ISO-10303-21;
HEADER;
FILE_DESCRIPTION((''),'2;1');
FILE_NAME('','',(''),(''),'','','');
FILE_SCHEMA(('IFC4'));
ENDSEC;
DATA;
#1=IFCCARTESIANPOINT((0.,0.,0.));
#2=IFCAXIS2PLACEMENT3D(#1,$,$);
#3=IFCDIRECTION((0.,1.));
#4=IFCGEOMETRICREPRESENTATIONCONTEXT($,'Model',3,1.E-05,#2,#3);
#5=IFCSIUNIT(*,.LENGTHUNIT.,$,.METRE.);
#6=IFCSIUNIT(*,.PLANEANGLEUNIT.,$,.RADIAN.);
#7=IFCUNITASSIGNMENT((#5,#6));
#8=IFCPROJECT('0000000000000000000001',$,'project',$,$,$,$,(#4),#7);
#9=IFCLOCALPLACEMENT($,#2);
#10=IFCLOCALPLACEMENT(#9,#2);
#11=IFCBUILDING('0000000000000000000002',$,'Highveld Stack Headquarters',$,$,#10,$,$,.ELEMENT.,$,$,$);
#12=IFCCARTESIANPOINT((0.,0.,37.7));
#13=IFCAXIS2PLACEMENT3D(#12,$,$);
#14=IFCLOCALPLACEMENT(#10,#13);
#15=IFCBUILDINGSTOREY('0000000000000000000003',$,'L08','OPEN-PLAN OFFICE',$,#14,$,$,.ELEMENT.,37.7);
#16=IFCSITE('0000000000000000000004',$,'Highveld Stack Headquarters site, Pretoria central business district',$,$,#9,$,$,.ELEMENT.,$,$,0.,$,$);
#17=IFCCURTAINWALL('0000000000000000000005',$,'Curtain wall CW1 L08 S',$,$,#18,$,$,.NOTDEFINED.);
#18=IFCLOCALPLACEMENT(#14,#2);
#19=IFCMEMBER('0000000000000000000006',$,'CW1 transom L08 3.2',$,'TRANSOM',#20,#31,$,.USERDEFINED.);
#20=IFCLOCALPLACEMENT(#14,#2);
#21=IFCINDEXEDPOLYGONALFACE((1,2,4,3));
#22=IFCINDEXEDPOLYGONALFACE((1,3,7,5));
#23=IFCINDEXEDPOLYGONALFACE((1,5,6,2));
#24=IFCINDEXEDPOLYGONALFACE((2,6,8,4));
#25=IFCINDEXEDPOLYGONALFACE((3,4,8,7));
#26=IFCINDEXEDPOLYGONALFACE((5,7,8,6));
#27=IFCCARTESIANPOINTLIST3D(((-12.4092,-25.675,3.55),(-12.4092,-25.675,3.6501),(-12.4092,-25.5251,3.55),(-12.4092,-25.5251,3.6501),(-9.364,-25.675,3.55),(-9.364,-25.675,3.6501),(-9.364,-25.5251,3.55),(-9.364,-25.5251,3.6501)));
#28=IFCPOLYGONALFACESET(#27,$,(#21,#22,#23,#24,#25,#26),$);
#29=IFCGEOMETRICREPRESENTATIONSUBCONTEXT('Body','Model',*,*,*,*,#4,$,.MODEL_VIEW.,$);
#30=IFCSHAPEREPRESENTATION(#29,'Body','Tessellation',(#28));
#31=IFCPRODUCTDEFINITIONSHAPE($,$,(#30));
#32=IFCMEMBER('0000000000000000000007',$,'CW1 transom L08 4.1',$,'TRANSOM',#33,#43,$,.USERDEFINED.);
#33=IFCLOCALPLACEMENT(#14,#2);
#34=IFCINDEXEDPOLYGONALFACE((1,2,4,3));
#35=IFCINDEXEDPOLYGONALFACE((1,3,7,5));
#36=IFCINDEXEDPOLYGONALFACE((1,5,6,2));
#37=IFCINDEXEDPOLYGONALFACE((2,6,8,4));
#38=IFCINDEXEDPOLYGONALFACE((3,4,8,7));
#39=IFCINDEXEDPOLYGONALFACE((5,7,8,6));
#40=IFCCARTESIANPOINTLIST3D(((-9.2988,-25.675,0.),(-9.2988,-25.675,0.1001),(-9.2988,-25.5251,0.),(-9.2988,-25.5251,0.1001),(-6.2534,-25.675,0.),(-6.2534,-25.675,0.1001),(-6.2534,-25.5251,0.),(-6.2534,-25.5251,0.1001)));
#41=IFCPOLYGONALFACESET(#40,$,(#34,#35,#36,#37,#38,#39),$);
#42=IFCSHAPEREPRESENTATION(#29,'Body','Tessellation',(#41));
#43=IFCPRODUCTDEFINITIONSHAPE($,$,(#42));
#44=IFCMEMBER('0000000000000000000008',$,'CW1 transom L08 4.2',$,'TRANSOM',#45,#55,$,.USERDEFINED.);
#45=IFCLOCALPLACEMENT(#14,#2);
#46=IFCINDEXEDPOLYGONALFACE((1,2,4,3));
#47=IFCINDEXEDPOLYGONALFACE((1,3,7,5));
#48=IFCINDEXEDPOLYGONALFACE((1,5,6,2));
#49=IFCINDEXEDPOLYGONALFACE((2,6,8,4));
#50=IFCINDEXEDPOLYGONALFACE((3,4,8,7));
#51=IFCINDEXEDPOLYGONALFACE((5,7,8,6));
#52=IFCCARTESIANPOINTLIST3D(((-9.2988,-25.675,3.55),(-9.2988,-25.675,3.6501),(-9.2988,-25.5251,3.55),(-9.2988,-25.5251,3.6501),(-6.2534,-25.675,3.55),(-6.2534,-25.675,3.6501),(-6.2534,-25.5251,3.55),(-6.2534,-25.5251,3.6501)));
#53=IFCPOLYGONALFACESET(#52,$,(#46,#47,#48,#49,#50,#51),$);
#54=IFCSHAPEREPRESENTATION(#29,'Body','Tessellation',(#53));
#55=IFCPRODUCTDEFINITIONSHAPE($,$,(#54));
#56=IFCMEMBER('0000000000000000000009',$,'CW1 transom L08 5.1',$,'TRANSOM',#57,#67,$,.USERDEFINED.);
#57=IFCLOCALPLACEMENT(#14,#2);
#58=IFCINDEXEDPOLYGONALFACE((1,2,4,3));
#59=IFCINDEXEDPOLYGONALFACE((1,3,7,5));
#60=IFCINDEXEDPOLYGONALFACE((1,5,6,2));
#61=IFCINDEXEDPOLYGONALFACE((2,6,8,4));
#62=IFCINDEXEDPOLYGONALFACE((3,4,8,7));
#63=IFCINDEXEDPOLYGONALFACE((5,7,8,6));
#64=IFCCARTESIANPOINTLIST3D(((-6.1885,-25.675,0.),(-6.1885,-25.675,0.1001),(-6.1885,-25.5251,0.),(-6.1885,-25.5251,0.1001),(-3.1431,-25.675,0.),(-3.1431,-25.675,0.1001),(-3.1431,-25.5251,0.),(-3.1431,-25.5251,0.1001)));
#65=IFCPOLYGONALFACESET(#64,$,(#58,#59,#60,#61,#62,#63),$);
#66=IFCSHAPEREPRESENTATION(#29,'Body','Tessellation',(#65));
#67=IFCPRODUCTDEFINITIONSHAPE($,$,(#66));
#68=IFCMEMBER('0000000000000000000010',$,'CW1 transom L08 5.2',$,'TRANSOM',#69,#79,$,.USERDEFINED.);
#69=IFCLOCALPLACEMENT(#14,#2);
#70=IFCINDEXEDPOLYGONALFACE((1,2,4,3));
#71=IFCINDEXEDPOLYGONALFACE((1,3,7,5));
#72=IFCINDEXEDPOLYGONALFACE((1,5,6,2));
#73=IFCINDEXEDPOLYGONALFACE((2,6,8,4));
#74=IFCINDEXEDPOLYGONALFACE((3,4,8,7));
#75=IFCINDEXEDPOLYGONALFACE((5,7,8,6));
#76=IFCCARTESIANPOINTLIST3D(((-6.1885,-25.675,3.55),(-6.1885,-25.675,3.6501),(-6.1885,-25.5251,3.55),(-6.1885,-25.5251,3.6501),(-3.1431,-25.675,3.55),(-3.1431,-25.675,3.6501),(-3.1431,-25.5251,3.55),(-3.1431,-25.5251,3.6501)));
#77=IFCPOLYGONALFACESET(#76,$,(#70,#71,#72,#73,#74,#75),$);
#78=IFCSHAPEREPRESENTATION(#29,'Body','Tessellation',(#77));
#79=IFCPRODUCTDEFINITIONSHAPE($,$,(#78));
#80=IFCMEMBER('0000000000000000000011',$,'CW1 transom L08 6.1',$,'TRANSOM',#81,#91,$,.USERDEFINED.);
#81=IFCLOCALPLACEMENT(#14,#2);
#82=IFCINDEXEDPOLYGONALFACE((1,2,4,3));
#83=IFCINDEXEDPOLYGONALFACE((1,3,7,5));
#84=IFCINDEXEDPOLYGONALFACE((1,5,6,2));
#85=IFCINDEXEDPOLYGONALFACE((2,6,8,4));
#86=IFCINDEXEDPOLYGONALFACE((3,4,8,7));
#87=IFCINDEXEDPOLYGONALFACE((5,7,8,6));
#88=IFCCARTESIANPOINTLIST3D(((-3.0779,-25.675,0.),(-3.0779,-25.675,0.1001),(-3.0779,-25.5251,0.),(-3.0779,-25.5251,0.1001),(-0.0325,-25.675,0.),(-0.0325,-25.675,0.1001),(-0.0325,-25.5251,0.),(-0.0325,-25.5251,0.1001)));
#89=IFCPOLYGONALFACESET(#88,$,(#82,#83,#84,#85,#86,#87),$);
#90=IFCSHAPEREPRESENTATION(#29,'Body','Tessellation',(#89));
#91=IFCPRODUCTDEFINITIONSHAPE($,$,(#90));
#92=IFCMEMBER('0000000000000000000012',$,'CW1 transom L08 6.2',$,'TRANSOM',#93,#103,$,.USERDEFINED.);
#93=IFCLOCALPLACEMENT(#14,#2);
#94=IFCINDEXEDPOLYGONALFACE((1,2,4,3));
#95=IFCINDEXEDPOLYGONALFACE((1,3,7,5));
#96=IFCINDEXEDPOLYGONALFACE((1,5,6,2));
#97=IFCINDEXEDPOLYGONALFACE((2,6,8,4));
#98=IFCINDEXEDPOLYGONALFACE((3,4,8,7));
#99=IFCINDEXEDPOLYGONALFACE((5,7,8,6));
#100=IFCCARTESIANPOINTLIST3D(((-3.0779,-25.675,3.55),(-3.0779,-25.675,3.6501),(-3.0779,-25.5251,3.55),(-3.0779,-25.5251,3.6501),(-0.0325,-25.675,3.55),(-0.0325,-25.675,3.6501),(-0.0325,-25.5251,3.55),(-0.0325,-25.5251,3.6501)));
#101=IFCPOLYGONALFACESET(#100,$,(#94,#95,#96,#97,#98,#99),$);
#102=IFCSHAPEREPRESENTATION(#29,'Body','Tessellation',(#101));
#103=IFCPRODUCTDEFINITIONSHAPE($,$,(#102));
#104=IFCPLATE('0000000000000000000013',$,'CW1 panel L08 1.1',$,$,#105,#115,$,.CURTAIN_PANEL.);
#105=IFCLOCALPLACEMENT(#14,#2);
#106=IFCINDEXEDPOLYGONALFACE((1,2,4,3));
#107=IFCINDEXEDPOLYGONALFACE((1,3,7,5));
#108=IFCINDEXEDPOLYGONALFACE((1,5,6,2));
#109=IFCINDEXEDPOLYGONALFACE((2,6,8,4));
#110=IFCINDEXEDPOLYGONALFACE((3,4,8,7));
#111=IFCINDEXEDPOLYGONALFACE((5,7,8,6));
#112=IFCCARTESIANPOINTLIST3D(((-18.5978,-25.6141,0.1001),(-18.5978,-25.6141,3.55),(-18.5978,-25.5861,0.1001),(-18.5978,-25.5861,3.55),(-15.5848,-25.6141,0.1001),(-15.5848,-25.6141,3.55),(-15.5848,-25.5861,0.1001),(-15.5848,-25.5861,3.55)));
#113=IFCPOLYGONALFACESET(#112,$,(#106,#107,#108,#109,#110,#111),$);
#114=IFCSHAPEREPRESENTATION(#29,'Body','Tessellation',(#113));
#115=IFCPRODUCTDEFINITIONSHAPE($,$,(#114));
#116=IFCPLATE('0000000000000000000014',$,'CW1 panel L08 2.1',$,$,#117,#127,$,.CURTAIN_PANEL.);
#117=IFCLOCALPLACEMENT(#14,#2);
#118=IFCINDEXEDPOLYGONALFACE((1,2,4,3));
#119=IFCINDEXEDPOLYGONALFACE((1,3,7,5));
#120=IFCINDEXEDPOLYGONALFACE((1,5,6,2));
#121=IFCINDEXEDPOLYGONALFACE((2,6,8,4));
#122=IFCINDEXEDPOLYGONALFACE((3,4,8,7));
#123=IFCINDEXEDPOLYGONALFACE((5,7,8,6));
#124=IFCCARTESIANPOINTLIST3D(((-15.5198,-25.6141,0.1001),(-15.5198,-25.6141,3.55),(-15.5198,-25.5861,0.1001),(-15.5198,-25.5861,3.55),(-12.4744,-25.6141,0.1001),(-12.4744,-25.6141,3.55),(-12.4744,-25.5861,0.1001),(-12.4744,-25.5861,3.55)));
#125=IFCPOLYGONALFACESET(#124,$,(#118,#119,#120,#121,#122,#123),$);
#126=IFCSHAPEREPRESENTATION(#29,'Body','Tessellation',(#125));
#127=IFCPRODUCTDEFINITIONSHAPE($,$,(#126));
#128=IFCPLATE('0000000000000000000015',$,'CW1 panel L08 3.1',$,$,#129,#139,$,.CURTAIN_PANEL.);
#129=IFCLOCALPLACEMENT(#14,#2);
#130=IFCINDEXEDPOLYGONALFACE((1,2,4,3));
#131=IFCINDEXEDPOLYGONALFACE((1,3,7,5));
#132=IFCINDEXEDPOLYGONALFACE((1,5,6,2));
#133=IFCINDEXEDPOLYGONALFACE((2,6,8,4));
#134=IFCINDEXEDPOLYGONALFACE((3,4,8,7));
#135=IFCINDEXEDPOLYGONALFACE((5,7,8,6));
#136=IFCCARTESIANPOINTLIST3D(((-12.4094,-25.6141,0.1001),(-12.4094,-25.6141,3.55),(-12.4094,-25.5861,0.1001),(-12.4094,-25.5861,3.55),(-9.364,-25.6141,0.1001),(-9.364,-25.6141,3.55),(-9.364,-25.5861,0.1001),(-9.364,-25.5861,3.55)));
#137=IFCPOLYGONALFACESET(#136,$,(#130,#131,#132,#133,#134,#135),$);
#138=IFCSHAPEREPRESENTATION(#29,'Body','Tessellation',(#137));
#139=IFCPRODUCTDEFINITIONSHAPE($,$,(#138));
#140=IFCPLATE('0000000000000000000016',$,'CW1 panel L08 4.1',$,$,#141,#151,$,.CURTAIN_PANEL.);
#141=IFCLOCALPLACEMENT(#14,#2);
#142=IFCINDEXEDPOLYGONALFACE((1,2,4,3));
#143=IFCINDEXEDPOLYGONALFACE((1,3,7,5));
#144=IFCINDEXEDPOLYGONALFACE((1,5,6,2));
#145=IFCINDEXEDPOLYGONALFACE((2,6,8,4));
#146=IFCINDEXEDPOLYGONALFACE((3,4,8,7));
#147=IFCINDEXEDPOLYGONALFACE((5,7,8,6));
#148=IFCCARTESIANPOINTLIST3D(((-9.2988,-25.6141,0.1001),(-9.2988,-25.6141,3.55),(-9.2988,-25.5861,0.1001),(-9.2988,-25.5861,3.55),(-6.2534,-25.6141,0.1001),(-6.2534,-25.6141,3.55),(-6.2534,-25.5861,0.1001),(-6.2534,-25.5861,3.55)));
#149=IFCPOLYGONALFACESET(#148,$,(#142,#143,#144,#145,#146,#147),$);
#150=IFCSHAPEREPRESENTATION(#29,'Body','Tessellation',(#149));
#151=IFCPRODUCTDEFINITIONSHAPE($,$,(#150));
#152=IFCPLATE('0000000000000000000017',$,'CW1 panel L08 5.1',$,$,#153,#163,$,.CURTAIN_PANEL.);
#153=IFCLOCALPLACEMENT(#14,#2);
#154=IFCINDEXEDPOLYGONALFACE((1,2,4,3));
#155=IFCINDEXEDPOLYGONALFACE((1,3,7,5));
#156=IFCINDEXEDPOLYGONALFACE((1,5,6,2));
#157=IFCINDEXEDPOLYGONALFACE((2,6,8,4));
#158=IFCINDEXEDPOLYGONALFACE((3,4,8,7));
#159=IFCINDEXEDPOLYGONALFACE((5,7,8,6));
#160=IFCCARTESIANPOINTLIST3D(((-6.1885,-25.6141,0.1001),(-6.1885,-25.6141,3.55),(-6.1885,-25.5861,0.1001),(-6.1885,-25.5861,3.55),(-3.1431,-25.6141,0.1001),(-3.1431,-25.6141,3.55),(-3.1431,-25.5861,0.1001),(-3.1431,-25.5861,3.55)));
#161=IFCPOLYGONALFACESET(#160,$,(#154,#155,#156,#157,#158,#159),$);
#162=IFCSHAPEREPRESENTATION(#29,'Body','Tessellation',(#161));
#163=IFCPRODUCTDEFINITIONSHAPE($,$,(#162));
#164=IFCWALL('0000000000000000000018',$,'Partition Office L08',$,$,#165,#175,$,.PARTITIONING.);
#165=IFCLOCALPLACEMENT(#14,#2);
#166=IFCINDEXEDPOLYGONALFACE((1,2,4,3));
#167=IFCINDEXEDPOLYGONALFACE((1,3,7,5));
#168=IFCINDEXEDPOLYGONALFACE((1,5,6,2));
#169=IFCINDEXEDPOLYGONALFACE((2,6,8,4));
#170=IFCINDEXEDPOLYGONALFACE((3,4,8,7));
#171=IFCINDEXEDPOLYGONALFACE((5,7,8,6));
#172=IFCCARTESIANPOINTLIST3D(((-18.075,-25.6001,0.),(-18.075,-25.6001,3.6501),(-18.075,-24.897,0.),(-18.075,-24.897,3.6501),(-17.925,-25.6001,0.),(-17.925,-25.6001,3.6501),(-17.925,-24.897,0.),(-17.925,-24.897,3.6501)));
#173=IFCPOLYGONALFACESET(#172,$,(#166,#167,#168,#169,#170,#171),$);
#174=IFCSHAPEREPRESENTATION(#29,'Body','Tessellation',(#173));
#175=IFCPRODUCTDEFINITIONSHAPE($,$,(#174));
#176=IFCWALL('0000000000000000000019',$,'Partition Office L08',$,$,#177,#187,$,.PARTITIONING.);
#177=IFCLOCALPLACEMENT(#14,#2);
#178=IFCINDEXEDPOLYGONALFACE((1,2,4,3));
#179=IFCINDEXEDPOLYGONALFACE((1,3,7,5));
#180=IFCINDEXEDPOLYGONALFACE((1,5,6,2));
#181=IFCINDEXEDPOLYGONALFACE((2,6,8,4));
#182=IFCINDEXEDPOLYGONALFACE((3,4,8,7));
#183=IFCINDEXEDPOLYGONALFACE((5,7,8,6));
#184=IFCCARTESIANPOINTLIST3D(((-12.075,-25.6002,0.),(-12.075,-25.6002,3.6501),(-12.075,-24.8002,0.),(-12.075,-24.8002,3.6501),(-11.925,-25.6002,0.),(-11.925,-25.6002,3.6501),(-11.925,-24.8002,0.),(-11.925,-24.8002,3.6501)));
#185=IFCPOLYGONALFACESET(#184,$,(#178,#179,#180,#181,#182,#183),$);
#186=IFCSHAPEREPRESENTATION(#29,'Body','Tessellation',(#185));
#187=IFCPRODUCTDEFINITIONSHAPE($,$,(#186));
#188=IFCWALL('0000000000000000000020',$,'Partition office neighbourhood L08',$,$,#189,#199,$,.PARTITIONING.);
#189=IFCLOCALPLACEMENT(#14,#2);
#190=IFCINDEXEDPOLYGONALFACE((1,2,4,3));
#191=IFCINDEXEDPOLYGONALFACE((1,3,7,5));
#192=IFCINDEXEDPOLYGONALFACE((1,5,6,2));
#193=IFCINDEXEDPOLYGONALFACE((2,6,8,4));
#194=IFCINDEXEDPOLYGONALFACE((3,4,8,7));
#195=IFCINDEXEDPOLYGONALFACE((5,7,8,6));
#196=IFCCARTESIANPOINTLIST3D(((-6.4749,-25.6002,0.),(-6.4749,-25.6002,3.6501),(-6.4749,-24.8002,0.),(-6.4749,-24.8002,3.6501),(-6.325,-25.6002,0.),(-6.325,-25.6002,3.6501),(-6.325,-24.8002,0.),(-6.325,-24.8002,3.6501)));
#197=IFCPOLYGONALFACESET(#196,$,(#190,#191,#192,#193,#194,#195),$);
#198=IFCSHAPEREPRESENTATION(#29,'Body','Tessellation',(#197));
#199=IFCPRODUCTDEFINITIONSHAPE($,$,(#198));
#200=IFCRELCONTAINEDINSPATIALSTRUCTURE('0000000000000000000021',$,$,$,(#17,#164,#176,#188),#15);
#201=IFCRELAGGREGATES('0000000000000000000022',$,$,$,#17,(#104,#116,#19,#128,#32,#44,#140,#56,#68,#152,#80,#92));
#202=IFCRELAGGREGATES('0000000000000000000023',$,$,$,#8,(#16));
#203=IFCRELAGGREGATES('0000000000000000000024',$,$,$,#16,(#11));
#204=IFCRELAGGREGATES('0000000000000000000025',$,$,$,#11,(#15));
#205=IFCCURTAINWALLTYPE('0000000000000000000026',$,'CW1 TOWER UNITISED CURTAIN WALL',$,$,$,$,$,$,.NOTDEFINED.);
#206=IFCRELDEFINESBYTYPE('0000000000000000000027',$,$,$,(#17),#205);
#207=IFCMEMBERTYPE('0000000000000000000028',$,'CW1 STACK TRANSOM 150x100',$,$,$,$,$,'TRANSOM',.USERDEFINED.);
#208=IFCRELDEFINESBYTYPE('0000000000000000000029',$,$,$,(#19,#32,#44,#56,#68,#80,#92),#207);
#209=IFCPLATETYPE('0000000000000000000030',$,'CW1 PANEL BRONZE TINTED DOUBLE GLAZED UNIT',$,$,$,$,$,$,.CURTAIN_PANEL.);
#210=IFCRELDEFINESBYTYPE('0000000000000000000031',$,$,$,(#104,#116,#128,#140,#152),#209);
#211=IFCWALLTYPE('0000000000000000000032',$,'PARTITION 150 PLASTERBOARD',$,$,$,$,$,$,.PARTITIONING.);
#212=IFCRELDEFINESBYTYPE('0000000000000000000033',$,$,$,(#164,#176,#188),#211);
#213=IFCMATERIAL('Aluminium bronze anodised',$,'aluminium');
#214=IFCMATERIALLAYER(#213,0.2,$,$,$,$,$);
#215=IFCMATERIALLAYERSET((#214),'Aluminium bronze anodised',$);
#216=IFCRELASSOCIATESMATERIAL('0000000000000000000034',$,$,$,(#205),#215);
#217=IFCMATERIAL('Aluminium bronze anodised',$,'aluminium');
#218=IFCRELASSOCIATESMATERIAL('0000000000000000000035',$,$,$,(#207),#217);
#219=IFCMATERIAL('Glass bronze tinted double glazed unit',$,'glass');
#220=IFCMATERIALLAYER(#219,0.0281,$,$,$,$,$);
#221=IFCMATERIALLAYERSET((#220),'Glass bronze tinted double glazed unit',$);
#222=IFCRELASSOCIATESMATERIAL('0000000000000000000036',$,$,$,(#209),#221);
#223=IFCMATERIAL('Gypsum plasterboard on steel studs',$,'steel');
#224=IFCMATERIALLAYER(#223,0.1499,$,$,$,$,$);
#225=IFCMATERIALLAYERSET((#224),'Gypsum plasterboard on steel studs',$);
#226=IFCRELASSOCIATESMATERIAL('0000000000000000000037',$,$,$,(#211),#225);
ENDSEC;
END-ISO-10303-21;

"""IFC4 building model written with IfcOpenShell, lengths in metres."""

from ifc_helpers import new_model, si_unit, direction, frame, frame_2d, origin, origin_2d, place, context, subcontext, project, spatial, rectangle, extrude, material, layer, layer_set, material_profile, profile_set, type_object, element, aggregate, save


model = new_model("IFC4")

# Units and contexts
model_context = context("Model", 3, precision=1e-05, world=origin(), true_north=direction((0.0, 1.0)))
body_context = subcontext(model_context, "Body", "Model", "MODEL_VIEW")
ifc_project = project(units=[si_unit("LENGTHUNIT", "METRE"), si_unit("PLANEANGLEUNIT", "RADIAN")], contexts=[model_context])

# Site, building, storey
site_placement = place(None, origin())
site = spatial("IfcSite", under=ifc_project, at=site_placement, Name="Highveld Stack Headquarters site, Pretoria central business district", CompositionType="ELEMENT", RefElevation=0.0)
building_placement = place(site_placement, origin())
building = spatial("IfcBuilding", under=site, at=building_placement, Name="Highveld Stack Headquarters", CompositionType="ELEMENT")
storey_placement = place(building_placement, frame((0.0, 0.0, 37.7)))
storey = spatial("IfcBuildingStorey", under=building, at=storey_placement, Name="L08", Description="OPEN-PLAN OFFICE", CompositionType="ELEMENT", Elevation=37.7)

# Curtain wall, members, plates
ifc_material_1 = material(Name="Aluminium bronze anodised", Category="aluminium")
ifc_layer_1 = layer(ifc_material_1, 0.2)
ifc_layer_set_1 = layer_set([ifc_layer_1], Name="Aluminium bronze anodised")
curtain_wall_type = type_object("IfcCurtainWallType", Name="CW1 TOWER UNITISED CURTAIN WALL", PredefinedType="NOTDEFINED", material=ifc_layer_set_1)
curtain_wall_placement = place(storey_placement, origin())
curtain_wall = element("IfcCurtainWall", 1, at=curtain_wall_placement, inside=storey, type_object=curtain_wall_type, Name="Curtain wall CW1 L08 S", PredefinedType="NOTDEFINED")
ifc_material_2 = material(Name="Aluminium bronze anodised", Category="aluminium")
ifc_material_profile_1 = material_profile(ifc_material_2, rectangle(XDim=0.1499, YDim=0.1001, at=origin_2d()), Name="CW1 TRANSOM 150x100")
ifc_profile_set_1 = profile_set([ifc_material_profile_1], Name="Aluminium bronze anodised")
member_type_1 = type_object("IfcMemberType", Name="CW1 STACK TRANSOM 150x100", ElementType="TRANSOM", PredefinedType="USERDEFINED", material=ifc_profile_set_1)
member_1_placement = place(storey_placement, frame((-12.4092, -25.6001, 3.6001), z_axis=(1.0, 0.0, 0.0), x_axis=(0.0, 1.0, 0.0)))
member_1 = element("IfcMember", 2, at=member_1_placement, type_object=member_type_1, Name="CW1 transom L08 3.2", ObjectType="TRANSOM", PredefinedType="USERDEFINED", context=body_context, shape_type="SweptSolid", body=[
    extrude(rectangle(XDim=0.1499, YDim=0.1001, at=origin_2d()), origin(), (0.0, 0.0, 1.0), 3.0452),
])
member_2_placement = place(storey_placement, frame((-9.2988, -25.6001, 0.05), z_axis=(1.0, 0.0, 0.0), x_axis=(0.0, 1.0, 0.0)))
member_2 = element("IfcMember", 3, at=member_2_placement, type_object=member_type_1, Name="CW1 transom L08 4.1", ObjectType="TRANSOM", PredefinedType="USERDEFINED", context=body_context, shape_type="SweptSolid", body=[
    extrude(rectangle(XDim=0.1499, YDim=0.1001, at=origin_2d()), origin(), (0.0, 0.0, 1.0), 3.0454),
])
member_3_placement = place(storey_placement, frame((-9.2988, -25.6001, 3.6001), z_axis=(1.0, 0.0, 0.0), x_axis=(0.0, 1.0, 0.0)))
member_3 = element("IfcMember", 4, at=member_3_placement, type_object=member_type_1, Name="CW1 transom L08 4.2", ObjectType="TRANSOM", PredefinedType="USERDEFINED", context=body_context, shape_type="SweptSolid", body=[
    extrude(rectangle(XDim=0.1499, YDim=0.1001, at=origin_2d()), origin(), (0.0, 0.0, 1.0), 3.0454),
])
member_4_placement = place(storey_placement, frame((-6.1885, -25.6001, 0.05), z_axis=(1.0, 0.0, 0.0), x_axis=(0.0, 1.0, 0.0)))
member_4 = element("IfcMember", 5, at=member_4_placement, type_object=member_type_1, Name="CW1 transom L08 5.1", ObjectType="TRANSOM", PredefinedType="USERDEFINED", context=body_context, shape_type="SweptSolid", body=[
    extrude(rectangle(XDim=0.1499, YDim=0.1001, at=origin_2d()), origin(), (0.0, 0.0, 1.0), 3.0454),
])
member_5_placement = place(storey_placement, frame((-6.1885, -25.6001, 3.6001), z_axis=(1.0, 0.0, 0.0), x_axis=(0.0, 1.0, 0.0)))
member_5 = element("IfcMember", 6, at=member_5_placement, type_object=member_type_1, Name="CW1 transom L08 5.2", ObjectType="TRANSOM", PredefinedType="USERDEFINED", context=body_context, shape_type="SweptSolid", body=[
    extrude(rectangle(XDim=0.1499, YDim=0.1001, at=origin_2d()), origin(), (0.0, 0.0, 1.0), 3.0454),
])
member_6_placement = place(storey_placement, frame((-3.0779, -25.6001, 0.05), z_axis=(1.0, 0.0, 0.0), x_axis=(0.0, 1.0, 0.0)))
member_6 = element("IfcMember", 7, at=member_6_placement, type_object=member_type_1, Name="CW1 transom L08 6.1", ObjectType="TRANSOM", PredefinedType="USERDEFINED", context=body_context, shape_type="SweptSolid", body=[
    extrude(rectangle(XDim=0.1499, YDim=0.1001, at=origin_2d()), origin(), (0.0, 0.0, 1.0), 3.0454),
])
member_7_placement = place(storey_placement, frame((-3.0779, -25.6001, 3.6001), z_axis=(1.0, 0.0, 0.0), x_axis=(0.0, 1.0, 0.0)))
member_7 = element("IfcMember", 8, at=member_7_placement, type_object=member_type_1, Name="CW1 transom L08 6.2", ObjectType="TRANSOM", PredefinedType="USERDEFINED", context=body_context, shape_type="SweptSolid", body=[
    extrude(rectangle(XDim=0.1499, YDim=0.1001, at=origin_2d()), origin(), (0.0, 0.0, 1.0), 3.0454),
])
ifc_material_3 = material(Name="Glass bronze tinted double glazed unit", Category="glass")
ifc_layer_2 = layer(ifc_material_3, 0.0281)
ifc_layer_set_2 = layer_set([ifc_layer_2], Name="Glass bronze tinted double glazed unit")
plate_type = type_object("IfcPlateType", Name="CW1 PANEL BRONZE TINTED DOUBLE GLAZED UNIT", PredefinedType="CURTAIN_PANEL", material=ifc_layer_set_2)
plate_1_placement = place(storey_placement, frame((-17.0913, -25.6001, 0.1001), z_axis=(0.0, 0.0, 1.0), x_axis=(1.0, 0.0, 0.0)))
plate_1 = element("IfcPlate", 9, at=plate_1_placement, type_object=plate_type, Name="CW1 panel L08 1.1", PredefinedType="CURTAIN_PANEL", context=body_context, shape_type="SweptSolid", body=[
    extrude(rectangle(XDim=3.0129, YDim=0.0281, at=origin_2d()), origin(), (0.0, 0.0, 1.0), 3.45),
])
plate_2_placement = place(storey_placement, frame((-13.9971, -25.6001, 0.1001), z_axis=(0.0, 0.0, 1.0), x_axis=(1.0, 0.0, 0.0)))
plate_2 = element("IfcPlate", 10, at=plate_2_placement, type_object=plate_type, Name="CW1 panel L08 2.1", PredefinedType="CURTAIN_PANEL", context=body_context, shape_type="SweptSolid", body=[
    extrude(rectangle(XDim=3.0454, YDim=0.0281, at=origin_2d()), origin(), (0.0, 0.0, 1.0), 3.45),
])
plate_3_placement = place(storey_placement, frame((-10.8867, -25.6001, 0.1001), z_axis=(0.0, 0.0, 1.0), x_axis=(1.0, 0.0, 0.0)))
plate_3 = element("IfcPlate", 11, at=plate_3_placement, type_object=plate_type, Name="CW1 panel L08 3.1", PredefinedType="CURTAIN_PANEL", context=body_context, shape_type="SweptSolid", body=[
    extrude(rectangle(XDim=3.0454, YDim=0.0281, at=origin_2d()), origin(), (0.0, 0.0, 1.0), 3.45),
])
plate_4_placement = place(storey_placement, frame((-7.7761, -25.6001, 0.1001), z_axis=(0.0, 0.0, 1.0), x_axis=(1.0, 0.0, 0.0)))
plate_4 = element("IfcPlate", 12, at=plate_4_placement, type_object=plate_type, Name="CW1 panel L08 4.1", PredefinedType="CURTAIN_PANEL", context=body_context, shape_type="SweptSolid", body=[
    extrude(rectangle(XDim=3.0454, YDim=0.0281, at=origin_2d()), origin(), (0.0, 0.0, 1.0), 3.45),
])
plate_5_placement = place(storey_placement, frame((-4.6658, -25.6001, 0.1001), z_axis=(0.0, 0.0, 1.0), x_axis=(1.0, 0.0, 0.0)))
plate_5 = element("IfcPlate", 13, at=plate_5_placement, type_object=plate_type, Name="CW1 panel L08 5.1", PredefinedType="CURTAIN_PANEL", context=body_context, shape_type="SweptSolid", body=[
    extrude(rectangle(XDim=3.0454, YDim=0.0281, at=origin_2d()), origin(), (0.0, 0.0, 1.0), 3.45),
])
aggregate(curtain_wall, [plate_1, plate_2, member_1, plate_3, member_2, member_3, plate_4, member_4, member_5, plate_5, member_6, member_7])

# Walls
ifc_material_4 = material(Name="Gypsum plasterboard on steel studs", Category="steel")
ifc_layer_3 = layer(ifc_material_4, 0.1499)
ifc_layer_set_3 = layer_set([ifc_layer_3], Name="Gypsum plasterboard on steel studs")
wall_type = type_object("IfcWallType", Name="PARTITION 150 PLASTERBOARD", PredefinedType="PARTITIONING", material=ifc_layer_set_3)
wall_placement = place(storey_placement, frame((-18.0, -25.6001, 0.0), z_axis=(0.0, 0.0, 1.0), x_axis=(0.0, 1.0, 0.0)))
element("IfcWall", 14, at=wall_placement, inside=storey, type_object=wall_type, Name="Partition Office L08", PredefinedType="PARTITIONING", context=body_context, shape_type="SweptSolid", body=[
    extrude(rectangle(XDim=0.7031, YDim=0.1499, at=frame_2d((0.3516, 0.0))), origin(), (0.0, 0.0, 1.0), 3.6501),
])
for number, where, z_axis, x_axis, name in (
    (15, (-12.0, -25.6001, 0.0), (0.0, 0.0, 1.0), (0.0, 1.0, 0.0), "Partition Office L08"),
    (16, (-6.3999, -25.6001, 0.0), (0.0, 0.0, 1.0), (0.0, 1.0, 0.0), "Partition office neighbourhood L08"),
):
    element("IfcWall", number, at=place(storey_placement, frame(where, z_axis=z_axis, x_axis=x_axis)), inside=storey, type_object=wall_type, Name=name, PredefinedType="PARTITIONING", context=body_context, shape_type="SweptSolid", body=[
        extrude(rectangle(XDim=0.8, YDim=0.1499, at=frame_2d((0.3999, 0.0))), origin(), (0.0, 0.0, 1.0), 3.6501),
    ])

save(model, "model.ifc")
